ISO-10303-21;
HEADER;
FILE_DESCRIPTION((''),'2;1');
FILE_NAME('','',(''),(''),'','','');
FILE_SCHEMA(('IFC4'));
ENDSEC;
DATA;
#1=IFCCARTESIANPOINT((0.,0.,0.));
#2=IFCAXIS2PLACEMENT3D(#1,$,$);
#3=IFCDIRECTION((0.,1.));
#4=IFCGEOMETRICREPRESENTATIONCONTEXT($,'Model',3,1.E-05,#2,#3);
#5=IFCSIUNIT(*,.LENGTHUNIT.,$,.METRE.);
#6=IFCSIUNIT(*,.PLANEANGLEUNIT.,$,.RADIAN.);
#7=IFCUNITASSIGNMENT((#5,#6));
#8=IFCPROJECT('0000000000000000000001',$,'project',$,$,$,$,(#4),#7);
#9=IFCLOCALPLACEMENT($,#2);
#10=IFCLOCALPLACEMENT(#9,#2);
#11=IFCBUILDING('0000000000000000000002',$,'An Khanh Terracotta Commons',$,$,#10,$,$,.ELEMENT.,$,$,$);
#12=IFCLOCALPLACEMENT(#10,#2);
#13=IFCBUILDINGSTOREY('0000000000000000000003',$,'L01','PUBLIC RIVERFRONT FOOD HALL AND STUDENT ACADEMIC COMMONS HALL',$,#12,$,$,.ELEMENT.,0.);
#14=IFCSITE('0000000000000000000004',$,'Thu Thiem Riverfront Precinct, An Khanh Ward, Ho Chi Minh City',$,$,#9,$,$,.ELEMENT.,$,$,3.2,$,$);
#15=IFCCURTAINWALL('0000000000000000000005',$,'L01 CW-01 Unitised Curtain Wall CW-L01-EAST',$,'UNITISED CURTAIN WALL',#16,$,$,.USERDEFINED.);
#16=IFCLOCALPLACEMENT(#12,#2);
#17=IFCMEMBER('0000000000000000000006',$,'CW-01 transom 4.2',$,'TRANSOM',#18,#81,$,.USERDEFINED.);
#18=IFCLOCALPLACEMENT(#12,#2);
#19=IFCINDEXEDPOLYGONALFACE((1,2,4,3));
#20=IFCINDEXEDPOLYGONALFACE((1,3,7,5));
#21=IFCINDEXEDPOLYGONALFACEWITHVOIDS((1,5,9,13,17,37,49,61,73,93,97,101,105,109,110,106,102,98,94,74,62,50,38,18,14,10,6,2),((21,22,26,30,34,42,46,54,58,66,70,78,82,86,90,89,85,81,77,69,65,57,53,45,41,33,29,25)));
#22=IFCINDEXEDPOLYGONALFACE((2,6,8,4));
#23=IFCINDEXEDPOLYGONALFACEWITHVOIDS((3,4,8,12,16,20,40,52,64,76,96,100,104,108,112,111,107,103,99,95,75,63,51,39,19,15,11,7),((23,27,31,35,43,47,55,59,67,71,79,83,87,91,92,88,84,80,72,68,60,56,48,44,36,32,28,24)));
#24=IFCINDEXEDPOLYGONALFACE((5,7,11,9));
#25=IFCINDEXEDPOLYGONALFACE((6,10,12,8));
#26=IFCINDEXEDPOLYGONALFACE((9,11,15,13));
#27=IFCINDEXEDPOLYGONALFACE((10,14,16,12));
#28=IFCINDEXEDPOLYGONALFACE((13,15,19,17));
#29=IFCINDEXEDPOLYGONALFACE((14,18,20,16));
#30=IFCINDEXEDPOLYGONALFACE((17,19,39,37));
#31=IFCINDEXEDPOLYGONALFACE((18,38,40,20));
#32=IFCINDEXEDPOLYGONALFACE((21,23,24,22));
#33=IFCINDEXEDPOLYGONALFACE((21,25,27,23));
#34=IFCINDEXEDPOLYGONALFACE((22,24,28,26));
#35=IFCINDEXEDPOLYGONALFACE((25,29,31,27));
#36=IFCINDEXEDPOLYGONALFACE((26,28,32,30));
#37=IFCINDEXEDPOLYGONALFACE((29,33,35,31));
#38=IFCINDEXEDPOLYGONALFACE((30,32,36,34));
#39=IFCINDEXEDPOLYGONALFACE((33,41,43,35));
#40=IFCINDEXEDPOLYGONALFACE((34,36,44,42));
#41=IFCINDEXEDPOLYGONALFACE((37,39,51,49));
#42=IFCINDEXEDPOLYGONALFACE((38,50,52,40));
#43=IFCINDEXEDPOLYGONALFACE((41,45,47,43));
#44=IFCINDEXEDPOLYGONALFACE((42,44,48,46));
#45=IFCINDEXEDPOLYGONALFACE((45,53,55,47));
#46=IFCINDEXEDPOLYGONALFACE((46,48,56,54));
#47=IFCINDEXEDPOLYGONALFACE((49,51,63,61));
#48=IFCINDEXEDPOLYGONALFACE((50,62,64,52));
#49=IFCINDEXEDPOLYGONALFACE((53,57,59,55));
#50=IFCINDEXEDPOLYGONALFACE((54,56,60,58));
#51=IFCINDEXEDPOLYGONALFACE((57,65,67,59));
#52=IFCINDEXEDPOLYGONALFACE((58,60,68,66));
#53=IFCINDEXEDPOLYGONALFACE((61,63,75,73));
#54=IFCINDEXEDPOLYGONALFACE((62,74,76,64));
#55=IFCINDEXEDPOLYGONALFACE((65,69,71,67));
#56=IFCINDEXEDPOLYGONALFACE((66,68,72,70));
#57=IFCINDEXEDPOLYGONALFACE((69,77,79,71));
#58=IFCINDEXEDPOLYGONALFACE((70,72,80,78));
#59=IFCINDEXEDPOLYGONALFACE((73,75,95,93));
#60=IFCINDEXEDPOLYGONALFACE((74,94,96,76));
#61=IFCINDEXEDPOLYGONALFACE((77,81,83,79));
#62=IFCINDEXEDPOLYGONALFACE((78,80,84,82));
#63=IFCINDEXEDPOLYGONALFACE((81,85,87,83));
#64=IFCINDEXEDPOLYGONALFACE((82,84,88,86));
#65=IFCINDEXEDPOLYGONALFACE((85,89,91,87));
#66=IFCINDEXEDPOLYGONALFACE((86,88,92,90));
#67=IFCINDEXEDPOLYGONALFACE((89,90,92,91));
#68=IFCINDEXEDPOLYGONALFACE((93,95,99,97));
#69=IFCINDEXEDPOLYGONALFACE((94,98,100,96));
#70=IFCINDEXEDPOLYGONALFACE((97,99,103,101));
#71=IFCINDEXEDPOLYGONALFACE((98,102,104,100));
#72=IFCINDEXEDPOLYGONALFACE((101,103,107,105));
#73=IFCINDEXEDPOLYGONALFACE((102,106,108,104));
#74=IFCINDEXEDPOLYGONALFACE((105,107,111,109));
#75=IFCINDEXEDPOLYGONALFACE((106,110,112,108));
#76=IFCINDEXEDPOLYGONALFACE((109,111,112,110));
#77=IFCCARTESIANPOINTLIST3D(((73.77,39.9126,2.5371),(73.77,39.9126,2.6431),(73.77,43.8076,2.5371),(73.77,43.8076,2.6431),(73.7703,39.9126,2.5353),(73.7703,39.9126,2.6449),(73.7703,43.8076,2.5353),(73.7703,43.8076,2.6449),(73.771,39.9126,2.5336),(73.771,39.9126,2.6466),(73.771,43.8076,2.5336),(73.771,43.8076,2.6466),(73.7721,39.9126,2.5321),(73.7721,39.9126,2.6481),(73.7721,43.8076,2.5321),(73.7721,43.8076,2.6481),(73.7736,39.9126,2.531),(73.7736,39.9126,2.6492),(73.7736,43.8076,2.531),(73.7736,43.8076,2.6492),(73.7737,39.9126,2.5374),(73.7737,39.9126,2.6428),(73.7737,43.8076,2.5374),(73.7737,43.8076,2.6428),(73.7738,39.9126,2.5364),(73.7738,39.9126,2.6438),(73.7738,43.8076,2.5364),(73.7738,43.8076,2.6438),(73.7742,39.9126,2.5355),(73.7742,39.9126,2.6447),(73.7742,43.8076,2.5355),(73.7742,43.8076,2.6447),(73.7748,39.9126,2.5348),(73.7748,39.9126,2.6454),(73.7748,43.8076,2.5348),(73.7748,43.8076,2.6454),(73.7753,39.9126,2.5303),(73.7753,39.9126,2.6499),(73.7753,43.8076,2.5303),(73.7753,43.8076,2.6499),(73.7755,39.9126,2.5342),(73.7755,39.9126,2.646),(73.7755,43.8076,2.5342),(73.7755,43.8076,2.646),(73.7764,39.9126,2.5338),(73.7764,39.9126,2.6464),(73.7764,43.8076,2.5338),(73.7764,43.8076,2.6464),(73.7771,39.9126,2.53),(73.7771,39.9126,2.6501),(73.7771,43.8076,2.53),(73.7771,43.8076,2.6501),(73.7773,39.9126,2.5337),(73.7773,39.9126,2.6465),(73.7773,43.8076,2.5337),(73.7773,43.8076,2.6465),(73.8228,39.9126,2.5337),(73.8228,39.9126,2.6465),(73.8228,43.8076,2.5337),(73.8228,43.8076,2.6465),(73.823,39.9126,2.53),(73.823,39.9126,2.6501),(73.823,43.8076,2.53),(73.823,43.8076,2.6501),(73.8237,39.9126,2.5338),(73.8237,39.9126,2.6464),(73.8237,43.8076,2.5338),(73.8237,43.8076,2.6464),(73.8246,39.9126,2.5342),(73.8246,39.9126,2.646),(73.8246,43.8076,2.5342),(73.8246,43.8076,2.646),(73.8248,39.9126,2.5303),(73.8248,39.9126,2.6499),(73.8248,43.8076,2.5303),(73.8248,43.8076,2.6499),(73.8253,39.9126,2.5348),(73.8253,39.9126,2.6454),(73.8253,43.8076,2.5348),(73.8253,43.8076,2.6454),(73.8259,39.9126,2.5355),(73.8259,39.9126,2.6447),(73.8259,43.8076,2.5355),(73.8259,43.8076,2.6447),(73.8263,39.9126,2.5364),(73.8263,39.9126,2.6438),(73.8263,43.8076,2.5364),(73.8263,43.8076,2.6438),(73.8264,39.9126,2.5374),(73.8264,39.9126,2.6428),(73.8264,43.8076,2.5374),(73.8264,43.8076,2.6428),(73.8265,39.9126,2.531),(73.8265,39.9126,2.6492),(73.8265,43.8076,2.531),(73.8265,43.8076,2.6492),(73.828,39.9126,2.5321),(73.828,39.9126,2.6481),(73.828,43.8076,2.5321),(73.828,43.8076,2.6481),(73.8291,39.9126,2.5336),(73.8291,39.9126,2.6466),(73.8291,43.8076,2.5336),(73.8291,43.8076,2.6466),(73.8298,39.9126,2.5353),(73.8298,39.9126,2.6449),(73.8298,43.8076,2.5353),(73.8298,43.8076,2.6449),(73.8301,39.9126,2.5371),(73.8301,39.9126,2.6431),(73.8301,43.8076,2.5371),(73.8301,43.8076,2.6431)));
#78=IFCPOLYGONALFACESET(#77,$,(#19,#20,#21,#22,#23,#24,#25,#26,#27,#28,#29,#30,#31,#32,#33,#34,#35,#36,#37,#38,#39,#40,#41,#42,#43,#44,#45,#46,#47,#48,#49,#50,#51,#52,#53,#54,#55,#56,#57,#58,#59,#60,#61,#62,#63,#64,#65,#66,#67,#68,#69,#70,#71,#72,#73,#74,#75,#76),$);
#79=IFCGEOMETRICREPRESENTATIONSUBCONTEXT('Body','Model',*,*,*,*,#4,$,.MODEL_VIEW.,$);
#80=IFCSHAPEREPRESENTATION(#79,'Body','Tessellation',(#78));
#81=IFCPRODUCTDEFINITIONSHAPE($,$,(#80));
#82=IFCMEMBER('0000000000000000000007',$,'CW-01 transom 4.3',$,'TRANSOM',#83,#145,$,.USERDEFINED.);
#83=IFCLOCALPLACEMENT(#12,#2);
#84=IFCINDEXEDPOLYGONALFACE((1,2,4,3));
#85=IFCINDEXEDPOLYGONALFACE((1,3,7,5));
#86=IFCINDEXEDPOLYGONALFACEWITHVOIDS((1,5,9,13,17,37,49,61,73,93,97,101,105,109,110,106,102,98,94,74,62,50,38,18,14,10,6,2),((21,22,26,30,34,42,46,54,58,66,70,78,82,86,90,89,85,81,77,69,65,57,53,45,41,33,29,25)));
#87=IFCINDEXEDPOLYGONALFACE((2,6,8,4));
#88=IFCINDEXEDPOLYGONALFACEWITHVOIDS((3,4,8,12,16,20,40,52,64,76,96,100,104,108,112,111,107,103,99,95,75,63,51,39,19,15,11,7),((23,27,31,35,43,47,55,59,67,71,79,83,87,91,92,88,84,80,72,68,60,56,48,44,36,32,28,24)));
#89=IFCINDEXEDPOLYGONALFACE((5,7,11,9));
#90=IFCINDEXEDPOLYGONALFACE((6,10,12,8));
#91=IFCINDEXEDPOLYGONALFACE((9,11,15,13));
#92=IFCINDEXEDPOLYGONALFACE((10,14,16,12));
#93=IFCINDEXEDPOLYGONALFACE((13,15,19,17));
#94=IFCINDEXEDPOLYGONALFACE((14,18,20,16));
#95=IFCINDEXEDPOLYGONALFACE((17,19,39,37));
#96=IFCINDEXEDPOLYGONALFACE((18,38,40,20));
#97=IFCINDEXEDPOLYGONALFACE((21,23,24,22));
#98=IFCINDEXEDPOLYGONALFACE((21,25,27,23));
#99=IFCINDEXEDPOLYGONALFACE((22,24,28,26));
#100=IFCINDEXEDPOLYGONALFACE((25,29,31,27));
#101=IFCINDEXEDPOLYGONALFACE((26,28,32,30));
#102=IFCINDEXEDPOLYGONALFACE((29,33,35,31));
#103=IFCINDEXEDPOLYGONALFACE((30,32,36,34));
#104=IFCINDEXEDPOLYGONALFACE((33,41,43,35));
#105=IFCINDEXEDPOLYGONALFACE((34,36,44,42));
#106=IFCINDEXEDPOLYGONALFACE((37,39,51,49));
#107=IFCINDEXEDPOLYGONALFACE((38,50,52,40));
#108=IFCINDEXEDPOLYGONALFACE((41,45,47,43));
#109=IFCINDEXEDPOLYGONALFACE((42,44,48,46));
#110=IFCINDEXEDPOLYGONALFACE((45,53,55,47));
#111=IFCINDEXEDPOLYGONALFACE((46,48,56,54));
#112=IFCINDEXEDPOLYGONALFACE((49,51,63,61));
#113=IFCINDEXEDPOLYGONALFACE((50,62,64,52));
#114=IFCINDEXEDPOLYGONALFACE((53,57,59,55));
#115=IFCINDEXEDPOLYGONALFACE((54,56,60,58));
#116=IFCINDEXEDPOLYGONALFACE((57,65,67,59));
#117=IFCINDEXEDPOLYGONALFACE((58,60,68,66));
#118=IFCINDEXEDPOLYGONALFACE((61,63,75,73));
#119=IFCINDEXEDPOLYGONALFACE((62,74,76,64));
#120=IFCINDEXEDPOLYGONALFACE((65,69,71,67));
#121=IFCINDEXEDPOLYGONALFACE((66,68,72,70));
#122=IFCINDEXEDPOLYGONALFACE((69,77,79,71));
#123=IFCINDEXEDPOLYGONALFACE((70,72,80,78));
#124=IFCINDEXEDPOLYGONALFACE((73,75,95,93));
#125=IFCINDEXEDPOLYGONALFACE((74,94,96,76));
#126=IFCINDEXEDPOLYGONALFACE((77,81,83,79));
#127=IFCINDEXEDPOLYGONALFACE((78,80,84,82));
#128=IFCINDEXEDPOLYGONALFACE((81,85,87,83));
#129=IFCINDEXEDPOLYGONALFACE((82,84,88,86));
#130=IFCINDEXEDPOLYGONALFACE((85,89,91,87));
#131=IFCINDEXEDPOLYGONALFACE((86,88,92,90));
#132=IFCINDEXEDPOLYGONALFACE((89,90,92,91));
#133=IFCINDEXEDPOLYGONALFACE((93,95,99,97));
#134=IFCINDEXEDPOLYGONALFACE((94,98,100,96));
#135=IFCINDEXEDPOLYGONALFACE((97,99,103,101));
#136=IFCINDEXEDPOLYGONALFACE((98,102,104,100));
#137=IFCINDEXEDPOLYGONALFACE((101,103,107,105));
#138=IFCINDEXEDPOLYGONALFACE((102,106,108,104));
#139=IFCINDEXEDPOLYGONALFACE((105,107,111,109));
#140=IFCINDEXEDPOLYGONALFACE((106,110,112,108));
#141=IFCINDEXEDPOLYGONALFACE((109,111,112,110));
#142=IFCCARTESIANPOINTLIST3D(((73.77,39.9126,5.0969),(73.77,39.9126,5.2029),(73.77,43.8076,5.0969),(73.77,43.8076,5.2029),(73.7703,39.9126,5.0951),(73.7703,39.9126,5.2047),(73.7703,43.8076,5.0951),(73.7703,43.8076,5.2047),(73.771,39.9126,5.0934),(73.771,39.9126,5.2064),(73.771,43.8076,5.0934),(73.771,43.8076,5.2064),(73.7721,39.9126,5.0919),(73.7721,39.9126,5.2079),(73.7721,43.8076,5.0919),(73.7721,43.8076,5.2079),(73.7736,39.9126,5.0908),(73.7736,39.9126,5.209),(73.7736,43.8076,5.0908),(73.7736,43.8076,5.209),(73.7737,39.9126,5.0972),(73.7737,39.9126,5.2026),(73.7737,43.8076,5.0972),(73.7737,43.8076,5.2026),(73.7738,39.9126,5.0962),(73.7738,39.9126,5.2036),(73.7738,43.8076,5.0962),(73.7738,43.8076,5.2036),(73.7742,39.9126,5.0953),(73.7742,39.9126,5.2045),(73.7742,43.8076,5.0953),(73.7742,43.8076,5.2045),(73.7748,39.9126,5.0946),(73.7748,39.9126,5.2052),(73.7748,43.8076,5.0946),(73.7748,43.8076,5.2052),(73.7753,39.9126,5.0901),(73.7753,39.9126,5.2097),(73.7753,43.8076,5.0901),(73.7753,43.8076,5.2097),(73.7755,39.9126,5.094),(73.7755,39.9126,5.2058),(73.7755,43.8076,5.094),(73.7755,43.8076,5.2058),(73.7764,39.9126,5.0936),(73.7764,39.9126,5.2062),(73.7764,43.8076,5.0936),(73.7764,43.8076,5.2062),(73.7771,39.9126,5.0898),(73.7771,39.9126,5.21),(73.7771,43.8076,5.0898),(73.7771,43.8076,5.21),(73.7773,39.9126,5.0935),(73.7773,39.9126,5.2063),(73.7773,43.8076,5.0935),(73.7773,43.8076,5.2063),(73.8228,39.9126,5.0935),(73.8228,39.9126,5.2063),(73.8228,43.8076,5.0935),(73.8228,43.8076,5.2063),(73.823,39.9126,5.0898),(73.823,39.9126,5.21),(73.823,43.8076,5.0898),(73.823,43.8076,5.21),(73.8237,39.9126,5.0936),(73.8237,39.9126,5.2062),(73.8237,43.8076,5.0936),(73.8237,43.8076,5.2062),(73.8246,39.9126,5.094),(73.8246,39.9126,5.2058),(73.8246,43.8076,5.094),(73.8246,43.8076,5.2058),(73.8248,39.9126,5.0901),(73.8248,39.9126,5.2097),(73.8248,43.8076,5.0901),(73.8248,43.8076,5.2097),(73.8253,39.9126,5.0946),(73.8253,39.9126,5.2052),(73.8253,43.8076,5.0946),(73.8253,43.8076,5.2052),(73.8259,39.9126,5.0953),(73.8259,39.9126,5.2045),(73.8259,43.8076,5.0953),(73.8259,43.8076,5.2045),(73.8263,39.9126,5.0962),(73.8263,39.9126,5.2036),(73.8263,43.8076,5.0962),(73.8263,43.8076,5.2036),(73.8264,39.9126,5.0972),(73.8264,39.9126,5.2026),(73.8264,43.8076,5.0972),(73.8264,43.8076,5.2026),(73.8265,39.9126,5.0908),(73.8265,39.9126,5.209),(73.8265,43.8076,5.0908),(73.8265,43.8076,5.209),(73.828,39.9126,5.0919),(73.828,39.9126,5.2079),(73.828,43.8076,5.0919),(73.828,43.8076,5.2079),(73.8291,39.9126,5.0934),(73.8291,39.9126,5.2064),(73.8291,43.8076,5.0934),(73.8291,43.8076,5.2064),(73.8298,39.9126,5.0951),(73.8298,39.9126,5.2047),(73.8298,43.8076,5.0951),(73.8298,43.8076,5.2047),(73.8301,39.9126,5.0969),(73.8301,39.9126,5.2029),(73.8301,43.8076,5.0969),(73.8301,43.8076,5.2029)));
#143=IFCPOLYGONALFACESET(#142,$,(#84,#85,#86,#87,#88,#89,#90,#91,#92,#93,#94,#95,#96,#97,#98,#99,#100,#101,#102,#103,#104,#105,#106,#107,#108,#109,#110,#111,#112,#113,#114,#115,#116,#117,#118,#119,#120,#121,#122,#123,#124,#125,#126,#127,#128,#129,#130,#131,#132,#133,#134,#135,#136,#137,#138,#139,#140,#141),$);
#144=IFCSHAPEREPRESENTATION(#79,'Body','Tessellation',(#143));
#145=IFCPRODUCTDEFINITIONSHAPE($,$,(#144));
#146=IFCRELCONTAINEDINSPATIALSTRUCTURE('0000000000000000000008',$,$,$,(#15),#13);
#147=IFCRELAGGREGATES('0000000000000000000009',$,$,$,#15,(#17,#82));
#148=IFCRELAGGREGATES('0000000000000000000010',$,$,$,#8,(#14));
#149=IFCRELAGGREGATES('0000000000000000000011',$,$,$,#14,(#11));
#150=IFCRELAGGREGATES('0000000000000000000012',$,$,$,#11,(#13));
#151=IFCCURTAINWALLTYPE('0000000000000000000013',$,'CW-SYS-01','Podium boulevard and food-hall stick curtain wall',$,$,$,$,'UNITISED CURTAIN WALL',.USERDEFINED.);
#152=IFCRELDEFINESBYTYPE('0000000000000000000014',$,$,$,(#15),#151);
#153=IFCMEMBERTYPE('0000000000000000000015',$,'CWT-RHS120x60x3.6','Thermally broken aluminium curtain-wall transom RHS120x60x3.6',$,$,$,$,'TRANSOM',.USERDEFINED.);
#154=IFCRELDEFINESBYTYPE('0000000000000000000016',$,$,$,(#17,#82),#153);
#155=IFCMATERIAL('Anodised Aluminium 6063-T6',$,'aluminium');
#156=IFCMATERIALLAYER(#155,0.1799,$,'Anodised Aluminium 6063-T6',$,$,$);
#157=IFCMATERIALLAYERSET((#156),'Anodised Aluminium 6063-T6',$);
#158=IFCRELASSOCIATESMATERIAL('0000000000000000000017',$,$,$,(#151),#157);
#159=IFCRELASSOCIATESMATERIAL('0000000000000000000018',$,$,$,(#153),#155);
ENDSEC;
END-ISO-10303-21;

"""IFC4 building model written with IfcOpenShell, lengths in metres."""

from ifc_helpers import new_model, si_unit, direction, frame, origin, origin_2d, place, context, subcontext, project, spatial, hollow_rectangle, extrude, material, layer, layer_set, material_profile, profile_set, type_object, element, aggregate, save


model = new_model("IFC4")

# Units and contexts
model_context = context("Model", 3, precision=1e-05, world=origin(), true_north=direction((0.0, 1.0)))
body_context = subcontext(model_context, "Body", "Model", "MODEL_VIEW")
ifc_project = project(units=[si_unit("LENGTHUNIT", "METRE"), si_unit("PLANEANGLEUNIT", "RADIAN")], contexts=[model_context])

# Site, building, storey
site_placement = place(None, origin())
site = spatial("IfcSite", under=ifc_project, at=site_placement, Name="Thu Thiem Riverfront Precinct, An Khanh Ward, Ho Chi Minh City", CompositionType="ELEMENT", RefElevation=3.2)
building_placement = place(site_placement, origin())
building = spatial("IfcBuilding", under=site, at=building_placement, Name="An Khanh Terracotta Commons", CompositionType="ELEMENT")
storey_placement = place(building_placement, origin())
storey = spatial("IfcBuildingStorey", under=building, at=storey_placement, Name="L01", Description="PUBLIC RIVERFRONT FOOD HALL AND STUDENT ACADEMIC COMMONS HALL", CompositionType="ELEMENT", Elevation=0.0)

# Curtain wall, members
ifc_material_1 = material(Name="Anodised Aluminium 6063-T6", Category="aluminium")
ifc_layer_1 = layer(ifc_material_1, 0.1799, Name="Anodised Aluminium 6063-T6")
ifc_layer_set_1 = layer_set([ifc_layer_1], Name="Anodised Aluminium 6063-T6")
curtain_wall_type = type_object("IfcCurtainWallType", Name="CW-SYS-01", Description="Podium boulevard and food-hall stick curtain wall", ElementType="UNITISED CURTAIN WALL", PredefinedType="USERDEFINED", material=ifc_layer_set_1)
curtain_wall_placement = place(storey_placement, origin())
curtain_wall = element("IfcCurtainWall", 1, at=curtain_wall_placement, inside=storey, type_object=curtain_wall_type, Name="L01 CW-01 Unitised Curtain Wall CW-L01-EAST", ObjectType="UNITISED CURTAIN WALL", PredefinedType="USERDEFINED")
ifc_material_profile_1 = material_profile(ifc_material_1, hollow_rectangle(XDim=0.0601, YDim=0.1201, WallThickness=0.0037, InnerFilletRadius=0.0037, OuterFilletRadius=0.0071, at=origin_2d()), Name="RHS120x60x3.6")
ifc_profile_set_1 = profile_set([ifc_material_profile_1], Name="Anodised Aluminium 6063-T6")
member_type_1 = type_object("IfcMemberType", Name="CWT-RHS120x60x3.6", Description="Thermally broken aluminium curtain-wall transom RHS120x60x3.6", ElementType="TRANSOM", PredefinedType="USERDEFINED", material=ifc_profile_set_1)
member_1_placement = place(storey_placement, frame((73.8, 39.9126, 2.5901), z_axis=(0.0, 1.0, 0.0), x_axis=(-1.0, 0.0, 0.0)))
member_1 = element("IfcMember", 2, at=member_1_placement, type_object=member_type_1, Name="CW-01 transom 4.2", ObjectType="TRANSOM", PredefinedType="USERDEFINED", context=body_context, shape_type="SweptSolid", body=[
    extrude(hollow_rectangle(XDim=0.0601, YDim=0.1201, WallThickness=0.0037, InnerFilletRadius=0.0037, OuterFilletRadius=0.0071, at=origin_2d()), origin(), (0.0, 0.0, 1.0), 3.895),
])
member_2_placement = place(storey_placement, frame((73.8, 39.9126, 5.1499), z_axis=(0.0, 1.0, 0.0), x_axis=(-1.0, 0.0, 0.0)))
member_2 = element("IfcMember", 3, at=member_2_placement, type_object=member_type_1, Name="CW-01 transom 4.3", ObjectType="TRANSOM", PredefinedType="USERDEFINED", context=body_context, shape_type="SweptSolid", body=[
    extrude(hollow_rectangle(XDim=0.0601, YDim=0.1201, WallThickness=0.0037, InnerFilletRadius=0.0037, OuterFilletRadius=0.0071, at=origin_2d()), origin(), (0.0, 0.0, 1.0), 3.895),
])
aggregate(curtain_wall, [member_1, member_2])

save(model, "model.ifc")
